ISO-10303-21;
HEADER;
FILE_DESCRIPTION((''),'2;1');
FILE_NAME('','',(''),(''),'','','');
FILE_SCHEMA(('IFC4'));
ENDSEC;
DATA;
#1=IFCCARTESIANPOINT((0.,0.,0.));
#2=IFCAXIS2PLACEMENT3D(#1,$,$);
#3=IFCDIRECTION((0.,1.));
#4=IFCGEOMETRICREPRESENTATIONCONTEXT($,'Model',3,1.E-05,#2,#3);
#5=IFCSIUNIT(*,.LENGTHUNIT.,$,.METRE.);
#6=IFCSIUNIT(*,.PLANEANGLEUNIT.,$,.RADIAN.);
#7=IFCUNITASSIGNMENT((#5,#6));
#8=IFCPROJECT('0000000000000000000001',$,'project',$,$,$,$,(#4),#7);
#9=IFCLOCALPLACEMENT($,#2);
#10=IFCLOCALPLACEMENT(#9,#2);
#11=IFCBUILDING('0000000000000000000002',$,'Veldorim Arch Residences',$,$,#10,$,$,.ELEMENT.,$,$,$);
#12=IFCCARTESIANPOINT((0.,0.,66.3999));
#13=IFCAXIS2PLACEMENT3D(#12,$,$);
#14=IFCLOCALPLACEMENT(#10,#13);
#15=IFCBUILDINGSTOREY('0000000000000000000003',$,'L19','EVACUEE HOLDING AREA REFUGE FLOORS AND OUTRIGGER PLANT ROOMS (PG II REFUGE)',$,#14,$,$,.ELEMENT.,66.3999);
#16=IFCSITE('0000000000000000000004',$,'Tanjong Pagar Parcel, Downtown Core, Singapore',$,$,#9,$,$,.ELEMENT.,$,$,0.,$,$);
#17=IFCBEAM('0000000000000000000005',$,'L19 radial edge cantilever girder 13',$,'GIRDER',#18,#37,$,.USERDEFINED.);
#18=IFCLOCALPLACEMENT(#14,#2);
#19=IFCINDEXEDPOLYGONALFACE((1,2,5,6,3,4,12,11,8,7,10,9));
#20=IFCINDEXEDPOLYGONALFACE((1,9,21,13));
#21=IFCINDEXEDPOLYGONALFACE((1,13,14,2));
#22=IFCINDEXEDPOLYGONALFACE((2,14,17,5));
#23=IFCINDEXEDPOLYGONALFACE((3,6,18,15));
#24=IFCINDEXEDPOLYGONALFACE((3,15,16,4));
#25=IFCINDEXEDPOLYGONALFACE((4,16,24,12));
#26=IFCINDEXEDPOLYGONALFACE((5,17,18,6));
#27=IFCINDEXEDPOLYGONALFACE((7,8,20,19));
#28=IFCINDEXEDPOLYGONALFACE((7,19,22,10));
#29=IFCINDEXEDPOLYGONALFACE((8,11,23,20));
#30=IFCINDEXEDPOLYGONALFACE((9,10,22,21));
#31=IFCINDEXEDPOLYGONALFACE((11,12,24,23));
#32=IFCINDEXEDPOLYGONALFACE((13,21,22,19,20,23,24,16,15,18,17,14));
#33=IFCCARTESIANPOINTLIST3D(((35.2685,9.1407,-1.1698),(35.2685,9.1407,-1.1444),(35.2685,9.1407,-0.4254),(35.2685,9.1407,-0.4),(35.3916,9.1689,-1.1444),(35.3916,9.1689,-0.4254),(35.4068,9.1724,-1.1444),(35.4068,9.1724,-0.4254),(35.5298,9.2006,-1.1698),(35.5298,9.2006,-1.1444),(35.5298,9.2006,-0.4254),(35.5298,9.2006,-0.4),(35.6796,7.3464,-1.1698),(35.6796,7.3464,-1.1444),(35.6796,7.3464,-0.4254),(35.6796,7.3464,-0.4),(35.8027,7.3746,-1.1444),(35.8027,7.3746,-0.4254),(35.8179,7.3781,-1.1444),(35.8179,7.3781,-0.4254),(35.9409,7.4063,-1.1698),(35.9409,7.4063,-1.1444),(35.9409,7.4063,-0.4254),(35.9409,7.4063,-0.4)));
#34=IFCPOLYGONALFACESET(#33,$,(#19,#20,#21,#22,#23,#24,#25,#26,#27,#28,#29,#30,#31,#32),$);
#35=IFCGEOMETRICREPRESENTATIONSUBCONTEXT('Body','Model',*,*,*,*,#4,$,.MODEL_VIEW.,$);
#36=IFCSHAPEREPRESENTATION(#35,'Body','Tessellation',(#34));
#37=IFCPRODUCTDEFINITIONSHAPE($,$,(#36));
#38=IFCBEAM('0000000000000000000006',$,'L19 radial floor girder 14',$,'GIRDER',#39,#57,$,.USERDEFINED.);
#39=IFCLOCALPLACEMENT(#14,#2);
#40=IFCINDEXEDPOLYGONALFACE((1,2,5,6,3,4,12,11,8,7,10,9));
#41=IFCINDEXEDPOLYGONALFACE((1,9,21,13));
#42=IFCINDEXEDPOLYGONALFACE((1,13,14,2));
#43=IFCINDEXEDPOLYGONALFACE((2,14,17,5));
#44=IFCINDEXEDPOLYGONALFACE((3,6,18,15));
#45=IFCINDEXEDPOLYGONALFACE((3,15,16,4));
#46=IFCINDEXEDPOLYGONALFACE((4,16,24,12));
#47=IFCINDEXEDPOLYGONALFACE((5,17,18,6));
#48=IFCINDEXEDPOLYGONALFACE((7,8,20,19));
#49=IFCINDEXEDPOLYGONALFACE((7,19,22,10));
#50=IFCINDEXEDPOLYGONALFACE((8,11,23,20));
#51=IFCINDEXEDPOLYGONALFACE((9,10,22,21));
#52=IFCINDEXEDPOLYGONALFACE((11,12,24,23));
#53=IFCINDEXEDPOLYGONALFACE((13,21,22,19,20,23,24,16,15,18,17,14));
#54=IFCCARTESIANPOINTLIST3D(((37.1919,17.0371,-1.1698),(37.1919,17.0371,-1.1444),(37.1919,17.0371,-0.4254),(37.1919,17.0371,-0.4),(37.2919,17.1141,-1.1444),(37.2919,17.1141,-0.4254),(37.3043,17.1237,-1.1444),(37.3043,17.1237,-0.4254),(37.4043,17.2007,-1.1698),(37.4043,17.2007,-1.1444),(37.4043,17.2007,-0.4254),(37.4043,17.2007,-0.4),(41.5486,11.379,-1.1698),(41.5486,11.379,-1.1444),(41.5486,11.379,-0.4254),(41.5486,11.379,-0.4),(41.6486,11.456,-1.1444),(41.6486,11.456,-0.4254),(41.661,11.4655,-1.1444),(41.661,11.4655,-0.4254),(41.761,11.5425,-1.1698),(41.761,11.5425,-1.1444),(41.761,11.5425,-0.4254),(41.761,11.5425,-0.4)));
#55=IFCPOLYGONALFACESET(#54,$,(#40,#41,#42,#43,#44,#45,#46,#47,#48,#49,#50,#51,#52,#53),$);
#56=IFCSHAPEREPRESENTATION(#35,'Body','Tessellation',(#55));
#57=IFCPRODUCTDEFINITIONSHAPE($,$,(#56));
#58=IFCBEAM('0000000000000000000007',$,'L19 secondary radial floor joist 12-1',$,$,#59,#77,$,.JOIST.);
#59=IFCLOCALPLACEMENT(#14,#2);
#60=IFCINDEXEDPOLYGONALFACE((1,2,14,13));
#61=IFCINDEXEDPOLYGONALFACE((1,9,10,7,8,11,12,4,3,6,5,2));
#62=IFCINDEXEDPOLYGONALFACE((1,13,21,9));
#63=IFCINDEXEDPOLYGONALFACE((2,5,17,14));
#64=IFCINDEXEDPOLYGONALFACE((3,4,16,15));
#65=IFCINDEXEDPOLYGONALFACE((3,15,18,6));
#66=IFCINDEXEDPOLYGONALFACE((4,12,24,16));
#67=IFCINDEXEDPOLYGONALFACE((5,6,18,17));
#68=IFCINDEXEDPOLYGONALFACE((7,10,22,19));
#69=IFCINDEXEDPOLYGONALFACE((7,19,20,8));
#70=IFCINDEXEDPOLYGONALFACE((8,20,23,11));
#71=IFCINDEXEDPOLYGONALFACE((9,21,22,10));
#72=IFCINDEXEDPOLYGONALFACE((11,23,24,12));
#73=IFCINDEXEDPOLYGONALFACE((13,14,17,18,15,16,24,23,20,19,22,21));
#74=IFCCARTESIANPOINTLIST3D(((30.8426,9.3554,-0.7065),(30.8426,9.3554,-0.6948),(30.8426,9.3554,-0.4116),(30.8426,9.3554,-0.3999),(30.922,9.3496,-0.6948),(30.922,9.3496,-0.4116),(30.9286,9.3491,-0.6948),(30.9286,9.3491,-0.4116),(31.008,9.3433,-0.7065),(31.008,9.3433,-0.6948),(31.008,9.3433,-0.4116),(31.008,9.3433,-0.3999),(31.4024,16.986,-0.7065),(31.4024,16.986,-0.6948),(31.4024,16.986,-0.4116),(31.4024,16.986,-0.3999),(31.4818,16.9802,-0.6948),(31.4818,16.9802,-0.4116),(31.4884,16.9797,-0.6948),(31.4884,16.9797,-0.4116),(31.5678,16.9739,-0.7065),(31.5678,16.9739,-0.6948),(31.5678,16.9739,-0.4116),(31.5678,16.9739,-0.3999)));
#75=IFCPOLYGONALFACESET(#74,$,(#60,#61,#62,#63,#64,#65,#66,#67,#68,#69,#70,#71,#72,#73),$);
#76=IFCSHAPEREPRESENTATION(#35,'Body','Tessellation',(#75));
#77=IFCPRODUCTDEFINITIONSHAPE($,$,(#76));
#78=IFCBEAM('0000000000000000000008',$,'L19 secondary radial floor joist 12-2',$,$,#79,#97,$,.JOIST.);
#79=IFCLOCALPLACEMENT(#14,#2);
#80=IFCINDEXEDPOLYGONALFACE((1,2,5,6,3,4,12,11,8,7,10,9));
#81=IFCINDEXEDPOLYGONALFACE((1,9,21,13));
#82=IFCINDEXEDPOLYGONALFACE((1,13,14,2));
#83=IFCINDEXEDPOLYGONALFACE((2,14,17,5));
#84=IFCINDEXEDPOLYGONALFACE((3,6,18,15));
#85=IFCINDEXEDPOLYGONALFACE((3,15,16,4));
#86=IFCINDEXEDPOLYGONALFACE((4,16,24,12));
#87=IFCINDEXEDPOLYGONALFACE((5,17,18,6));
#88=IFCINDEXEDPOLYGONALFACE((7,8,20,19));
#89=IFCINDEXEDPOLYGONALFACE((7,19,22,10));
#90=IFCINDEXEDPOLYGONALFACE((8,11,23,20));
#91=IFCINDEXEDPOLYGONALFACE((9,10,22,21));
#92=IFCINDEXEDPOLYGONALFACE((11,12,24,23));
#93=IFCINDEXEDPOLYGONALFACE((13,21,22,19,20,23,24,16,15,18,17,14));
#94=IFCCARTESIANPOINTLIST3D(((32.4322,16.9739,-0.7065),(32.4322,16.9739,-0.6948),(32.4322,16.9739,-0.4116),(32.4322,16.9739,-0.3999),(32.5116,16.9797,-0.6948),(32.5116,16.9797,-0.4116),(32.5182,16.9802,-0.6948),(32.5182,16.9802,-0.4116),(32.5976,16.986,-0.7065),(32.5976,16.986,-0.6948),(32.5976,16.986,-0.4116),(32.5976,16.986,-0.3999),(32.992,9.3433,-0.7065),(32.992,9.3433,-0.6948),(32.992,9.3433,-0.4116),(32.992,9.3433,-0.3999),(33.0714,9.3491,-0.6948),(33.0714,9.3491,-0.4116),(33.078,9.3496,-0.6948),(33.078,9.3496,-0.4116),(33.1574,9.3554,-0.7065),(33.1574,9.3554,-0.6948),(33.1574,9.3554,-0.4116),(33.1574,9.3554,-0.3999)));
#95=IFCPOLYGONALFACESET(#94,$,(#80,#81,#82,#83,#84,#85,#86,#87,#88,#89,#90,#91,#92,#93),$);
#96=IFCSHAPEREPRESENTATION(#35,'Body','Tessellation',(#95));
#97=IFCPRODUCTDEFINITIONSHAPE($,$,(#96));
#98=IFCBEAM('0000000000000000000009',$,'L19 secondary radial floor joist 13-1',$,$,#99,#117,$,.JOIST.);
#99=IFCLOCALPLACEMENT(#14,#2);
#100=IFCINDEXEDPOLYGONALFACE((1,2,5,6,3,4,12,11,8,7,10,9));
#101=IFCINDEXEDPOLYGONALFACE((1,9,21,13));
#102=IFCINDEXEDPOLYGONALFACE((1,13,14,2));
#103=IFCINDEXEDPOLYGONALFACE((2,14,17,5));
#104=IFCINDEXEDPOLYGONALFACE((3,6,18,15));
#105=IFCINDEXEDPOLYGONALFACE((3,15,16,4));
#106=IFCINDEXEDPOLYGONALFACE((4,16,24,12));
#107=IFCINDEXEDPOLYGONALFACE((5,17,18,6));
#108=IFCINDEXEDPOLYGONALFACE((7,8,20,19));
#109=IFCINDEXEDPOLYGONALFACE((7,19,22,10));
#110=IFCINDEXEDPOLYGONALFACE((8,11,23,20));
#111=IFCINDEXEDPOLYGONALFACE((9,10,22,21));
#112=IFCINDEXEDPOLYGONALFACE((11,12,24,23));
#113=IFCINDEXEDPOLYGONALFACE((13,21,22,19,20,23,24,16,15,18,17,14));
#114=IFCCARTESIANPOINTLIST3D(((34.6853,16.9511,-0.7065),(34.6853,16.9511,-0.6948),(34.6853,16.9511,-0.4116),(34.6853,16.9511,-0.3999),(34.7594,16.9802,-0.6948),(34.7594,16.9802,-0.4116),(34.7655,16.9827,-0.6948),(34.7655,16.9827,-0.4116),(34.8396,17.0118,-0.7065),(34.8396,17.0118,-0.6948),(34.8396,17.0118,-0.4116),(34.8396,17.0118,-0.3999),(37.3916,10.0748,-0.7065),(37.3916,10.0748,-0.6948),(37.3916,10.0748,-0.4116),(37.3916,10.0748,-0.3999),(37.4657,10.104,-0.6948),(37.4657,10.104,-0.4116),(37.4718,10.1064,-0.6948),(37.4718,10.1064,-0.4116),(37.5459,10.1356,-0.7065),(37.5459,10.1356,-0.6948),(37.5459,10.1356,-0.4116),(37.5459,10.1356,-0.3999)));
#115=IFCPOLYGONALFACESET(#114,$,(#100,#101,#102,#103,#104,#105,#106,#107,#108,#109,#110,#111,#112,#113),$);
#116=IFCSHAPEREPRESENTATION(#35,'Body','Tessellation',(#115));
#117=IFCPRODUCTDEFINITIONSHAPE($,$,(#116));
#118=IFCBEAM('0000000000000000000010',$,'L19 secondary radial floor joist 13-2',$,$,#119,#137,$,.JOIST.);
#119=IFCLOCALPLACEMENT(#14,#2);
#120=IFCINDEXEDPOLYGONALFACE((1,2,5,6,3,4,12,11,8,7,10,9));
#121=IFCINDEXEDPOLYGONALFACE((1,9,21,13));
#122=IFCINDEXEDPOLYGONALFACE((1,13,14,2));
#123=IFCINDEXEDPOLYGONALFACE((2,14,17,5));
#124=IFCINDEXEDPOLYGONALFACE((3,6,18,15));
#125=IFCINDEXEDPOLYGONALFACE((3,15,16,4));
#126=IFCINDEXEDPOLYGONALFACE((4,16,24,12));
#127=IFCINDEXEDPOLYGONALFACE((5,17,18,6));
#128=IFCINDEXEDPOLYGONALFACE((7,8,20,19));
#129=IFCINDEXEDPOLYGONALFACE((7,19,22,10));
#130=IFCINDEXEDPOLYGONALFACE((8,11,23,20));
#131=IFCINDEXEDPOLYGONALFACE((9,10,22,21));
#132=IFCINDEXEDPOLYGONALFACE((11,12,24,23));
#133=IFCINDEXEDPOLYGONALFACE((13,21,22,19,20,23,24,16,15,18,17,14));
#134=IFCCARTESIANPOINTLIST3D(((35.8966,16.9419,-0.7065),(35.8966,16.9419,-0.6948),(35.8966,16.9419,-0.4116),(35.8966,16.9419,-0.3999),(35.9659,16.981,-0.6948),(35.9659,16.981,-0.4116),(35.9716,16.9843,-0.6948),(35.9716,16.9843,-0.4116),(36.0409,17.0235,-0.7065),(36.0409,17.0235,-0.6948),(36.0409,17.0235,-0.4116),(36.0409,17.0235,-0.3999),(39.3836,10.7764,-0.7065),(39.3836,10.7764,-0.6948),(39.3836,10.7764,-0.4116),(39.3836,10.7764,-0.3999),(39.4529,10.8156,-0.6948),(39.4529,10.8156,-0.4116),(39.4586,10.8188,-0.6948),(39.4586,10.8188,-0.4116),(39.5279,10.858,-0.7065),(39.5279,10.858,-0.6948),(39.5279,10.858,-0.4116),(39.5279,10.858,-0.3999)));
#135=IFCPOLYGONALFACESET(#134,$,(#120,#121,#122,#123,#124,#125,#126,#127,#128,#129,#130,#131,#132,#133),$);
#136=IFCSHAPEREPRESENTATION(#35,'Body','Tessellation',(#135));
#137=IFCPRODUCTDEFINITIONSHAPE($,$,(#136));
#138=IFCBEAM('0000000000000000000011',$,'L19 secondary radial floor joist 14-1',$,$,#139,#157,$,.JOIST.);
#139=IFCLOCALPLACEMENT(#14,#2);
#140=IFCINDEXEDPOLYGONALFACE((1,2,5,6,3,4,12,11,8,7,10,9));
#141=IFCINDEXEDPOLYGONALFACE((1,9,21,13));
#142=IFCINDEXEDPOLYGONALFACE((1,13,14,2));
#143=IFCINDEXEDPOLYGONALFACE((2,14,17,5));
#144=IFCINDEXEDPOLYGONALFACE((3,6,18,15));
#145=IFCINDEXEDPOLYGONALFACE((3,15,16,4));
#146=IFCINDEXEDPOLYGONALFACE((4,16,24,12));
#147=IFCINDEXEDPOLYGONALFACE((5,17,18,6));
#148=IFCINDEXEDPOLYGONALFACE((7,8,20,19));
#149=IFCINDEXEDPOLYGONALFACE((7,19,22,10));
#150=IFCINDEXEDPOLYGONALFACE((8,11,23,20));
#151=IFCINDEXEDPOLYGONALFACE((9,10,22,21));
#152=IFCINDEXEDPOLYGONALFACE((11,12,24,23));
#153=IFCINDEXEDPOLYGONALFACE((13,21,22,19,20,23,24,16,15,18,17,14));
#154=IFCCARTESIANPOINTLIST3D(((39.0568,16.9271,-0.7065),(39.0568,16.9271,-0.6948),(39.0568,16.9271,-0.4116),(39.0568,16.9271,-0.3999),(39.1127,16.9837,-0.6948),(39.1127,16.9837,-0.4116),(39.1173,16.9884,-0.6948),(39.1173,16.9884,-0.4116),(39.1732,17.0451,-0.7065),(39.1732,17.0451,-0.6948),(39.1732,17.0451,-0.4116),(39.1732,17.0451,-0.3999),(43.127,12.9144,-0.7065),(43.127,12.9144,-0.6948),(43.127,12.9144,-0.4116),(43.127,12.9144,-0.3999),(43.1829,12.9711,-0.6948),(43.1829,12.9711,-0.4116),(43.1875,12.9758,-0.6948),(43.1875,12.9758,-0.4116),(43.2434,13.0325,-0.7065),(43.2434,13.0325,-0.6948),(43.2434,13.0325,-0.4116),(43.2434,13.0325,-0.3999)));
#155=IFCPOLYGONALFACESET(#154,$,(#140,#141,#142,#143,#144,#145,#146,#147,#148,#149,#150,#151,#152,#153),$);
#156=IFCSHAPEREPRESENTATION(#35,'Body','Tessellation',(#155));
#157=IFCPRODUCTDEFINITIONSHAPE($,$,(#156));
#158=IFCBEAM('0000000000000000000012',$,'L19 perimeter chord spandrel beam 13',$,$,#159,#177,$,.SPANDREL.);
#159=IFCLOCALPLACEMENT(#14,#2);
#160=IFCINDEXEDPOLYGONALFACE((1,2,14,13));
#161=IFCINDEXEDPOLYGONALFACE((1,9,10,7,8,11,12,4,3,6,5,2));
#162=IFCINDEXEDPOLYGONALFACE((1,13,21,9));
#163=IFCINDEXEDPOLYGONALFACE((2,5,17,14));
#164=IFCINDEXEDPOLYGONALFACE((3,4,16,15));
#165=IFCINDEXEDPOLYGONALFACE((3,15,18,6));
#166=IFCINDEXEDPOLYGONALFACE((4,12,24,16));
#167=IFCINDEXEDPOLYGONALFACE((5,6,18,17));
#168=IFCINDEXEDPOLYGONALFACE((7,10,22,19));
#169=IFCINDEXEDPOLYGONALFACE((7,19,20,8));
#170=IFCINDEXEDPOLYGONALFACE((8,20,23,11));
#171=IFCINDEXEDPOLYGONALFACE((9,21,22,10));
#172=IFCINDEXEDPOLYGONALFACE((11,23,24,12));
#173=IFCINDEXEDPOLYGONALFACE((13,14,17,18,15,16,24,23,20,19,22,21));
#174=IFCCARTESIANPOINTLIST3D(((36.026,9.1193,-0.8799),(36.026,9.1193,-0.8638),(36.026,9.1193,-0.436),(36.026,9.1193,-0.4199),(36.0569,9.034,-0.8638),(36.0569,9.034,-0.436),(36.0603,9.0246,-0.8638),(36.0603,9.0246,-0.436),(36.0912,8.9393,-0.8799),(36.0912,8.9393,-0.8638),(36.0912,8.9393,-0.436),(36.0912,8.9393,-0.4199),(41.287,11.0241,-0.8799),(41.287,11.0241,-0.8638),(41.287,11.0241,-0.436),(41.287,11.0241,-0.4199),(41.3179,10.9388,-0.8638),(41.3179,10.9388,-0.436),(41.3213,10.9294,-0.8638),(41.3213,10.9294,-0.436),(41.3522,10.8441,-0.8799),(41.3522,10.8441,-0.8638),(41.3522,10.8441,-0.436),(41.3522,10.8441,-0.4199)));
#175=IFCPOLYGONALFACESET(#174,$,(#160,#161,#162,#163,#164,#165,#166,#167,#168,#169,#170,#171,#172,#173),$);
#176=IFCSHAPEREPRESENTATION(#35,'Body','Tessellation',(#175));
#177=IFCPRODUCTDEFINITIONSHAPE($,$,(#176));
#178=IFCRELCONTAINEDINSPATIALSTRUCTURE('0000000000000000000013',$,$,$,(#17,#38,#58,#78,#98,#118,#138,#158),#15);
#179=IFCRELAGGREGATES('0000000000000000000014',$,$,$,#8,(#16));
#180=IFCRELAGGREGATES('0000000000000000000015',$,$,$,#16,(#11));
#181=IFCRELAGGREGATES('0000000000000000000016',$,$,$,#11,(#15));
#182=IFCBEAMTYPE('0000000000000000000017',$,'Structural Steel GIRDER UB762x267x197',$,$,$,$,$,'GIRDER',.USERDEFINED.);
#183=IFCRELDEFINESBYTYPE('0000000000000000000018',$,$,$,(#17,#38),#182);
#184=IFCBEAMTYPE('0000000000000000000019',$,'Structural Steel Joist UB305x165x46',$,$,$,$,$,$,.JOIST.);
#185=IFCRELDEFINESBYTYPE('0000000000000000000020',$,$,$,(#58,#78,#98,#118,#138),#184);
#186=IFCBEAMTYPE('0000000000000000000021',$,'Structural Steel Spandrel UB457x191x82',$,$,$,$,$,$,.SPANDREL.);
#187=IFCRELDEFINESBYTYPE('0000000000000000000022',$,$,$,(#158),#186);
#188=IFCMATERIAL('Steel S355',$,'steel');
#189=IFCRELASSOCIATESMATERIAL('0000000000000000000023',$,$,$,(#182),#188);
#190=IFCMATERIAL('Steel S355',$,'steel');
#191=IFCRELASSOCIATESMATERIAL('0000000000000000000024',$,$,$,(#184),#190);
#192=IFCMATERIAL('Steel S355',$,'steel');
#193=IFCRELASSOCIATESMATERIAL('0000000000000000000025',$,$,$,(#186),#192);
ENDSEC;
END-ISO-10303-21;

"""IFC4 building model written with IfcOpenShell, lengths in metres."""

from ifc_helpers import new_model, si_unit, direction, frame, origin, origin_2d, place, context, subcontext, project, spatial, i_section, extrude, material, material_profile, profile_set, type_object, element, save


model = new_model("IFC4")

# Units and contexts
model_context = context("Model", 3, precision=1e-05, world=origin(), true_north=direction((0.0, 1.0)))
body_context = subcontext(model_context, "Body", "Model", "MODEL_VIEW")
ifc_project = project(units=[si_unit("LENGTHUNIT", "METRE"), si_unit("PLANEANGLEUNIT", "RADIAN")], contexts=[model_context])

# Site, building, storey
site_placement = place(None, origin())
site = spatial("IfcSite", under=ifc_project, at=site_placement, Name="Tanjong Pagar Parcel, Downtown Core, Singapore", CompositionType="ELEMENT", RefElevation=0.0)
building_placement = place(site_placement, origin())
building = spatial("IfcBuilding", under=site, at=building_placement, Name="Veldorim Arch Residences", CompositionType="ELEMENT")
storey_placement = place(building_placement, frame((0.0, 0.0, 66.3999)))
storey = spatial("IfcBuildingStorey", under=building, at=storey_placement, Name="L19", Description="EVACUEE HOLDING AREA REFUGE FLOORS AND OUTRIGGER PLANT ROOMS (PG II REFUGE)", CompositionType="ELEMENT", Elevation=66.3999)

# Beams
ifc_material_1 = material(Name="Steel S355", Category="steel")
ifc_material_profile_1 = material_profile(ifc_material_1, i_section(OverallWidth=0.2681, OverallDepth=0.7698, WebThickness=0.0156, FlangeThickness=0.0254, at=origin_2d()), Name="UB762x267x197")
ifc_profile_set_1 = profile_set([ifc_material_profile_1], Name="Steel S355")
beam_type_1 = type_object("IfcBeamType", Name="Structural Steel GIRDER UB762x267x197", ElementType="GIRDER", PredefinedType="USERDEFINED", material=ifc_profile_set_1)
beam_1_placement = place(storey_placement, frame((35.3992, 9.1707, -0.7849), z_axis=(0.223329, -0.974743, 0.0), x_axis=(0.974743, 0.223329, 0.0)))
element("IfcBeam", 1, at=beam_1_placement, inside=storey, type_object=beam_type_1, Name="L19 radial edge cantilever girder 13", ObjectType="GIRDER", PredefinedType="USERDEFINED", context=body_context, shape_type="SweptSolid", body=[
    extrude(i_section(OverallWidth=0.2681, OverallDepth=0.7698, WebThickness=0.0156, FlangeThickness=0.0254, at=origin_2d()), origin(), (0.0, 0.0, 1.0), 1.8408),
])
beam_2_placement = place(storey_placement, frame((37.2981, 17.1189, -0.7849), z_axis=(0.610082, -0.792338, 0.0), x_axis=(0.792338, 0.610082, 0.0)))
element("IfcBeam", 2, at=beam_2_placement, inside=storey, type_object=beam_type_1, Name="L19 radial floor girder 14", ObjectType="GIRDER", PredefinedType="USERDEFINED", context=body_context, shape_type="SweptSolid", body=[
    extrude(i_section(OverallWidth=0.2681, OverallDepth=0.7698, WebThickness=0.0156, FlangeThickness=0.0254, at=origin_2d()), origin(), (0.0, 0.0, 1.0), 7.1411),
])
ifc_material_2 = material(Name="Steel S355", Category="steel")
ifc_material_profile_2 = material_profile(ifc_material_2, i_section(OverallWidth=0.1658, OverallDepth=0.3066, WebThickness=0.0066, FlangeThickness=0.0117, at=origin_2d()), Name="UB305x165x46")
ifc_profile_set_2 = profile_set([ifc_material_profile_2], Name="Steel S355")
beam_type_2 = type_object("IfcBeamType", Name="Structural Steel Joist UB305x165x46", PredefinedType="JOIST", material=ifc_profile_set_2)
for number, where, z_axis, x_axis, name in (
    (3, (31.4851, 16.98, -0.5532), (-0.073168, -0.99732, 0.0), (0.99732, -0.073168, 0.0), "L19 secondary radial floor joist 12-1"),
    (4, (32.5149, 16.98, -0.5532), (0.073168, -0.99732, 0.0), (0.99732, 0.073168, 0.0), "L19 secondary radial floor joist 12-2"),
):
    element("IfcBeam", number, at=place(storey_placement, frame(where, z_axis=z_axis, x_axis=x_axis)), inside=storey, type_object=beam_type_2, Name=name, PredefinedType="JOIST", context=body_context, shape_type="SweptSolid", body=[
        extrude(i_section(OverallWidth=0.1658, OverallDepth=0.3066, WebThickness=0.0066, FlangeThickness=0.0117, at=origin_2d()), origin(), (0.0, 0.0, 1.0), 7.6511),
    ])
beam_3_placement = place(storey_placement, frame((34.7625, 16.9814, -0.5532), z_axis=(0.36623, -0.930524, 0.0), x_axis=(0.930524, 0.36623, 0.0)))
element("IfcBeam", 5, at=beam_3_placement, inside=storey, type_object=beam_type_2, Name="L19 secondary radial floor joist 13-1", PredefinedType="JOIST", context=body_context, shape_type="SweptSolid", body=[
    extrude(i_section(OverallWidth=0.1658, OverallDepth=0.3066, WebThickness=0.0066, FlangeThickness=0.0117, at=origin_2d()), origin(), (0.0, 0.0, 1.0), 7.3896),
])
beam_4_placement = place(storey_placement, frame((35.9688, 16.9827, -0.5532), z_axis=(0.492292, -0.87043, 0.0), x_axis=(0.87043, 0.492292, 0.0)))
element("IfcBeam", 6, at=beam_4_placement, inside=storey, type_object=beam_type_2, Name="L19 secondary radial floor joist 13-2", PredefinedType="JOIST", context=body_context, shape_type="SweptSolid", body=[
    extrude(i_section(OverallWidth=0.1658, OverallDepth=0.3066, WebThickness=0.0066, FlangeThickness=0.0117, at=origin_2d()), origin(), (0.0, 0.0, 1.0), 7.0833),
])
beam_5_placement = place(storey_placement, frame((39.115, 16.9861, -0.5532), z_axis=(0.712129, -0.702049, 0.0), x_axis=(0.702049, 0.712129, 0.0)))
element("IfcBeam", 7, at=beam_5_placement, inside=storey, type_object=beam_type_2, Name="L19 secondary radial floor joist 14-1", PredefinedType="JOIST", context=body_context, shape_type="SweptSolid", body=[
    extrude(i_section(OverallWidth=0.1658, OverallDepth=0.3066, WebThickness=0.0066, FlangeThickness=0.0117, at=origin_2d()), origin(), (0.0, 0.0, 1.0), 5.7156),
])
ifc_material_3 = material(Name="Steel S355", Category="steel")
ifc_material_profile_3 = material_profile(ifc_material_3, i_section(OverallWidth=0.1914, OverallDepth=0.46, WebThickness=0.01, FlangeThickness=0.0161, at=origin_2d()), Name="UB457x191x82")
ifc_profile_set_3 = profile_set([ifc_material_profile_3], Name="Steel S355")
beam_type_3 = type_object("IfcBeamType", Name="Structural Steel Spandrel UB457x191x82", PredefinedType="SPANDREL", material=ifc_profile_set_3)
beam_6_placement = place(storey_placement, frame((36.0586, 9.0293, -0.6499), z_axis=(0.940269, 0.340432, 0.0), x_axis=(-0.340432, 0.940269, 0.0)))
element("IfcBeam", 8, at=beam_6_placement, inside=storey, type_object=beam_type_3, Name="L19 perimeter chord spandrel beam 13", PredefinedType="SPANDREL", context=body_context, shape_type="SweptSolid", body=[
    extrude(i_section(OverallWidth=0.1914, OverallDepth=0.46, WebThickness=0.01, FlangeThickness=0.0161, at=origin_2d()), origin(), (0.0, 0.0, 1.0), 5.5952),
])

save(model, "model.ifc")
